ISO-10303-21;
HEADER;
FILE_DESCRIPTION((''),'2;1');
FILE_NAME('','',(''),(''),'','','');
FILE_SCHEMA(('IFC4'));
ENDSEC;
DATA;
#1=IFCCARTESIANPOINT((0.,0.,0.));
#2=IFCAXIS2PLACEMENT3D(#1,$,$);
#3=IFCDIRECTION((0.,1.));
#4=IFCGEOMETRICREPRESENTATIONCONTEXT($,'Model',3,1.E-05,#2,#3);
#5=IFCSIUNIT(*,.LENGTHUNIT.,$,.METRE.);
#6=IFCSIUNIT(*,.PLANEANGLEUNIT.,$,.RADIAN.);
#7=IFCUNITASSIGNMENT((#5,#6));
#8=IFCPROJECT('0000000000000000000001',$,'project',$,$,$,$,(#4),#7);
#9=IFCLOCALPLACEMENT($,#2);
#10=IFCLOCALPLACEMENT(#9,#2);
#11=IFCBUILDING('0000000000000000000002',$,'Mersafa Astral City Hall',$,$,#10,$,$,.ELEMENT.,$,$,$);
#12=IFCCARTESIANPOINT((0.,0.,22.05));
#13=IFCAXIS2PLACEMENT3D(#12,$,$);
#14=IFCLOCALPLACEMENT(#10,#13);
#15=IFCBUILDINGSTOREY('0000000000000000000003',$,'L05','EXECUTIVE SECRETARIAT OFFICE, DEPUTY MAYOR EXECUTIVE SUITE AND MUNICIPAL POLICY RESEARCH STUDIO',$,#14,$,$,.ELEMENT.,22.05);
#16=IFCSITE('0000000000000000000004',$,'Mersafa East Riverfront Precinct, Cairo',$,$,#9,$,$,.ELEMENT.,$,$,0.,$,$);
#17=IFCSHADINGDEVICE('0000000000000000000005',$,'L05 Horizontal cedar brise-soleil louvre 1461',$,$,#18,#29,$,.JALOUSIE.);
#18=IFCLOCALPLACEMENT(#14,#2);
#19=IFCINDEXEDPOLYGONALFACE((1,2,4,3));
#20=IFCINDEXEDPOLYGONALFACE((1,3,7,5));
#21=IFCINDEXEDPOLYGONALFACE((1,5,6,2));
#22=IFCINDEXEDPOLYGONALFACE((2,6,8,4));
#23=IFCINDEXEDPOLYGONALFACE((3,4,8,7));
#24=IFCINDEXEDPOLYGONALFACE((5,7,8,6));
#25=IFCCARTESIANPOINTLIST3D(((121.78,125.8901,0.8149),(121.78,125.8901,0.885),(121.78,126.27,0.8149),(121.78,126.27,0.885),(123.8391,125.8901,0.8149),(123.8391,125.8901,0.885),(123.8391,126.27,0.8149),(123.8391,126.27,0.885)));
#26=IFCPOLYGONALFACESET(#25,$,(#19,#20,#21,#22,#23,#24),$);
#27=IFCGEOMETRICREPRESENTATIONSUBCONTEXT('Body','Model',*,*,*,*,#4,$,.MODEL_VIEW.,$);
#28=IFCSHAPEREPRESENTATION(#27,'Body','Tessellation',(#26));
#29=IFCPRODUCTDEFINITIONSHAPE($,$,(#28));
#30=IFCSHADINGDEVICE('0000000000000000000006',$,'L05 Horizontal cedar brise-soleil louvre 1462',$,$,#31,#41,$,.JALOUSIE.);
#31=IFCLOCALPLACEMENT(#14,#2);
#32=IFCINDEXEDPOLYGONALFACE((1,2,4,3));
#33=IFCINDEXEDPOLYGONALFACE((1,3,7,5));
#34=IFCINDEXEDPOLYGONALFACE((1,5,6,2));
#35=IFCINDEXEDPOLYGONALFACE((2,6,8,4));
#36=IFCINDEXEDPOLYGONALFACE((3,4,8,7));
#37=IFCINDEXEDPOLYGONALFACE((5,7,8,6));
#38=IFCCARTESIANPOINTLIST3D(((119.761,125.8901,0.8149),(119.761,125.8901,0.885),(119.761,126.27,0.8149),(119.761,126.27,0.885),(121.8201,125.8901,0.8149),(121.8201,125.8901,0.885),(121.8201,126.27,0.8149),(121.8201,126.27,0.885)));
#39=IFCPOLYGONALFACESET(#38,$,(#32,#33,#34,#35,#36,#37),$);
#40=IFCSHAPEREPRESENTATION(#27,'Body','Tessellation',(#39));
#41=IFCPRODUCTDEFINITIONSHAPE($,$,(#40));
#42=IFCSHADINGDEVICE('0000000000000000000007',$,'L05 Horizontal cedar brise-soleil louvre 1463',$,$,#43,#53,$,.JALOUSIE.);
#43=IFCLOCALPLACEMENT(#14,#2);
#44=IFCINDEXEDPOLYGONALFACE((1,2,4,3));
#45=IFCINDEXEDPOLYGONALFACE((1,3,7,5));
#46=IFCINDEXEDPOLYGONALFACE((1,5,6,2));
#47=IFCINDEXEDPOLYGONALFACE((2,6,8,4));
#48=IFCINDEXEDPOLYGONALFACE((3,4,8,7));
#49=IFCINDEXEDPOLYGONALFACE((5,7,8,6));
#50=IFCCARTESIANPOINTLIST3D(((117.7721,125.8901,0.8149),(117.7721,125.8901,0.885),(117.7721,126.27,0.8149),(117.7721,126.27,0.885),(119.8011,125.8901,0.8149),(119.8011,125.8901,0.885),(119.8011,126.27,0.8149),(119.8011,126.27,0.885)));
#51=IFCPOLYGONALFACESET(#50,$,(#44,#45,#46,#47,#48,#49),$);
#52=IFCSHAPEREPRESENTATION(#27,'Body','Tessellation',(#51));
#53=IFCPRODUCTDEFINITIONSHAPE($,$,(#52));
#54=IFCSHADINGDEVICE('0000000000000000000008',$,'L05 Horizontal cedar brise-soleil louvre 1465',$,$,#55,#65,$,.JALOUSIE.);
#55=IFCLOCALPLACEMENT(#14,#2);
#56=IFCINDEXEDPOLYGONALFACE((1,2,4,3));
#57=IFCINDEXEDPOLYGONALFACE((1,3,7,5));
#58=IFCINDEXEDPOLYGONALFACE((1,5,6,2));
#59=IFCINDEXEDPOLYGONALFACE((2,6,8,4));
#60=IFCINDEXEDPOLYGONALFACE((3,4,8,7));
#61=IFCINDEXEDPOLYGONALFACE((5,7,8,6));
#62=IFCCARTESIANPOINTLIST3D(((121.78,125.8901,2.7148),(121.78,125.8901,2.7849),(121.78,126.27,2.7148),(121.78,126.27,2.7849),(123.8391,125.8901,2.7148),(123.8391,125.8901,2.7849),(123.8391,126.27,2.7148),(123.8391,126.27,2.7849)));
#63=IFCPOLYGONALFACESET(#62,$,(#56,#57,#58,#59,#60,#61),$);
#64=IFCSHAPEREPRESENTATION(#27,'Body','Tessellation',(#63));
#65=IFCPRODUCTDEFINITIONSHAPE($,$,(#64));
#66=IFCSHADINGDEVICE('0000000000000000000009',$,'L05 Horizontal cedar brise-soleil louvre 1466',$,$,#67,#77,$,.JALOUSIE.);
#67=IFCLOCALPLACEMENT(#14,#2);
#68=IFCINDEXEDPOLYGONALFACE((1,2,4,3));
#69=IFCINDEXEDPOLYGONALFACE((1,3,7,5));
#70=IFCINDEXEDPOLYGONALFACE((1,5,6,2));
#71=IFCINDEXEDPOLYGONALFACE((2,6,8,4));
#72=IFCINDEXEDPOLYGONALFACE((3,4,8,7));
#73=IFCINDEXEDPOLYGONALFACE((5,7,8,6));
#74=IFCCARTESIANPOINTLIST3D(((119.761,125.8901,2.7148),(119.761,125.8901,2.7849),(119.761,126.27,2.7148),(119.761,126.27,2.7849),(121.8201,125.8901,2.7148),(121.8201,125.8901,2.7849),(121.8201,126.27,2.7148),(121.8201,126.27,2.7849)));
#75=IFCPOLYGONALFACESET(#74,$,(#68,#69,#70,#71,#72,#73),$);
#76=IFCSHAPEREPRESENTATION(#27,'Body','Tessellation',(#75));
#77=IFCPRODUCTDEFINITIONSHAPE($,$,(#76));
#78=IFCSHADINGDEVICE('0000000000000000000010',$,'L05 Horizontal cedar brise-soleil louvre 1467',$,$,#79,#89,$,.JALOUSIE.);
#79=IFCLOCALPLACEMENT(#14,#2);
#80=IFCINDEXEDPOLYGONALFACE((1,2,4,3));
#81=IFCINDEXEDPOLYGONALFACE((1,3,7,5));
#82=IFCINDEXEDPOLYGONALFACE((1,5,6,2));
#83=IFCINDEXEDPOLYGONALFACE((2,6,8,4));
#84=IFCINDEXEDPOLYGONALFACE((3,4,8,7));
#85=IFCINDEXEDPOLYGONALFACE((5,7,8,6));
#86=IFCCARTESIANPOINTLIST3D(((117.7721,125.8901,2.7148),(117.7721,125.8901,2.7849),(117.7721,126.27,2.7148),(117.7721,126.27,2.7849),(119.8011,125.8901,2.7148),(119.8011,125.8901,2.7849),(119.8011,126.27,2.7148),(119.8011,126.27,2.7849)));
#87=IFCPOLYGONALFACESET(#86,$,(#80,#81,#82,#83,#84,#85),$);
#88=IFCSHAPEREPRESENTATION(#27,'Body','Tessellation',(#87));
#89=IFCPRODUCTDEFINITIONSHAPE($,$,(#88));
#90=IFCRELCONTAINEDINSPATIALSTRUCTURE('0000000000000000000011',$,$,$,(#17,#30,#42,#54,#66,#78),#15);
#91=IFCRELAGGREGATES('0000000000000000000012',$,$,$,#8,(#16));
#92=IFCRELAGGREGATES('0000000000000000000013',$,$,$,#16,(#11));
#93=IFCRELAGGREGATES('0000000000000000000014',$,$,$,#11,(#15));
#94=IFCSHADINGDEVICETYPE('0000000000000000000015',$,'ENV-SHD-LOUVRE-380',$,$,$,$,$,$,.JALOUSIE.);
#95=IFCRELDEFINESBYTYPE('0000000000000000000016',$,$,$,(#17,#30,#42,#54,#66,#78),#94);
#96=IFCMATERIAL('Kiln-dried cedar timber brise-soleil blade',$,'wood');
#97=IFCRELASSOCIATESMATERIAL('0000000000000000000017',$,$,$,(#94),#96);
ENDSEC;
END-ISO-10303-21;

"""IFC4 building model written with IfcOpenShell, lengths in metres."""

from ifc_helpers import new_model, si_unit, direction, frame, origin, origin_2d, place, context, subcontext, project, spatial, rectangle, extrude, material, type_object, element, save


model = new_model("IFC4")

# Units and contexts
model_context = context("Model", 3, precision=1e-05, world=origin(), true_north=direction((0.0, 1.0)))
body_context = subcontext(model_context, "Body", "Model", "MODEL_VIEW")
ifc_project = project(units=[si_unit("LENGTHUNIT", "METRE"), si_unit("PLANEANGLEUNIT", "RADIAN")], contexts=[model_context])

# Site, building, storey
site_placement = place(None, origin())
site = spatial("IfcSite", under=ifc_project, at=site_placement, Name="Mersafa East Riverfront Precinct, Cairo", CompositionType="ELEMENT", RefElevation=0.0)
building_placement = place(site_placement, origin())
building = spatial("IfcBuilding", under=site, at=building_placement, Name="Mersafa Astral City Hall", CompositionType="ELEMENT")
storey_placement = place(building_placement, frame((0.0, 0.0, 22.05)))
storey = spatial("IfcBuildingStorey", under=building, at=storey_placement, Name="L05", Description="EXECUTIVE SECRETARIAT OFFICE, DEPUTY MAYOR EXECUTIVE SUITE AND MUNICIPAL POLICY RESEARCH STUDIO", CompositionType="ELEMENT", Elevation=22.05)

# Shading devices
ifc_material_1 = material(Name="Kiln-dried cedar timber brise-soleil blade", Category="wood")
shading_device_type = type_object("IfcShadingDeviceType", Name="ENV-SHD-LOUVRE-380", PredefinedType="JALOUSIE", material=ifc_material_1)
for number, where, z_axis, x_axis, name in (
    (1, (122.8096, 126.0801, 0.8149), (0.0, 0.0, 1.0), (-1.0, 0.0, 0.0), "L05 Horizontal cedar brise-soleil louvre 1461"),
    (2, (120.7905, 126.0801, 0.8149), (0.0, 0.0, 1.0), (-1.0, 0.0, 0.0), "L05 Horizontal cedar brise-soleil louvre 1462"),
):
    element("IfcShadingDevice", number, at=place(storey_placement, frame(where, z_axis=z_axis, x_axis=x_axis)), inside=storey, type_object=shading_device_type, Name=name, PredefinedType="JALOUSIE", context=body_context, shape_type="SweptSolid", body=[
        extrude(rectangle(XDim=2.0591, YDim=0.3799, at=origin_2d()), origin(), (0.0, 0.0, 1.0), 0.0701),
    ])
shading_device_1_placement = place(storey_placement, frame((118.7866, 126.0801, 0.8149), z_axis=(0.0, 0.0, 1.0), x_axis=(-1.0, 0.0, 0.0)))
element("IfcShadingDevice", 3, at=shading_device_1_placement, inside=storey, type_object=shading_device_type, Name="L05 Horizontal cedar brise-soleil louvre 1463", PredefinedType="JALOUSIE", context=body_context, shape_type="SweptSolid", body=[
    extrude(rectangle(XDim=2.0291, YDim=0.3799, at=origin_2d()), origin(), (0.0, 0.0, 1.0), 0.0701),
])
for number, where, z_axis, x_axis, name in (
    (4, (122.8096, 126.0801, 2.7148), (0.0, 0.0, 1.0), (-1.0, 0.0, 0.0), "L05 Horizontal cedar brise-soleil louvre 1465"),
    (5, (120.7905, 126.0801, 2.7148), (0.0, 0.0, 1.0), (-1.0, 0.0, 0.0), "L05 Horizontal cedar brise-soleil louvre 1466"),
):
    element("IfcShadingDevice", number, at=place(storey_placement, frame(where, z_axis=z_axis, x_axis=x_axis)), inside=storey, type_object=shading_device_type, Name=name, PredefinedType="JALOUSIE", context=body_context, shape_type="SweptSolid", body=[
        extrude(rectangle(XDim=2.0591, YDim=0.3799, at=origin_2d()), origin(), (0.0, 0.0, 1.0), 0.0701),
    ])
shading_device_2_placement = place(storey_placement, frame((118.7866, 126.0801, 2.7148), z_axis=(0.0, 0.0, 1.0), x_axis=(-1.0, 0.0, 0.0)))
element("IfcShadingDevice", 6, at=shading_device_2_placement, inside=storey, type_object=shading_device_type, Name="L05 Horizontal cedar brise-soleil louvre 1467", PredefinedType="JALOUSIE", context=body_context, shape_type="SweptSolid", body=[
    extrude(rectangle(XDim=2.0291, YDim=0.3799, at=origin_2d()), origin(), (0.0, 0.0, 1.0), 0.0701),
])

save(model, "model.ifc")
